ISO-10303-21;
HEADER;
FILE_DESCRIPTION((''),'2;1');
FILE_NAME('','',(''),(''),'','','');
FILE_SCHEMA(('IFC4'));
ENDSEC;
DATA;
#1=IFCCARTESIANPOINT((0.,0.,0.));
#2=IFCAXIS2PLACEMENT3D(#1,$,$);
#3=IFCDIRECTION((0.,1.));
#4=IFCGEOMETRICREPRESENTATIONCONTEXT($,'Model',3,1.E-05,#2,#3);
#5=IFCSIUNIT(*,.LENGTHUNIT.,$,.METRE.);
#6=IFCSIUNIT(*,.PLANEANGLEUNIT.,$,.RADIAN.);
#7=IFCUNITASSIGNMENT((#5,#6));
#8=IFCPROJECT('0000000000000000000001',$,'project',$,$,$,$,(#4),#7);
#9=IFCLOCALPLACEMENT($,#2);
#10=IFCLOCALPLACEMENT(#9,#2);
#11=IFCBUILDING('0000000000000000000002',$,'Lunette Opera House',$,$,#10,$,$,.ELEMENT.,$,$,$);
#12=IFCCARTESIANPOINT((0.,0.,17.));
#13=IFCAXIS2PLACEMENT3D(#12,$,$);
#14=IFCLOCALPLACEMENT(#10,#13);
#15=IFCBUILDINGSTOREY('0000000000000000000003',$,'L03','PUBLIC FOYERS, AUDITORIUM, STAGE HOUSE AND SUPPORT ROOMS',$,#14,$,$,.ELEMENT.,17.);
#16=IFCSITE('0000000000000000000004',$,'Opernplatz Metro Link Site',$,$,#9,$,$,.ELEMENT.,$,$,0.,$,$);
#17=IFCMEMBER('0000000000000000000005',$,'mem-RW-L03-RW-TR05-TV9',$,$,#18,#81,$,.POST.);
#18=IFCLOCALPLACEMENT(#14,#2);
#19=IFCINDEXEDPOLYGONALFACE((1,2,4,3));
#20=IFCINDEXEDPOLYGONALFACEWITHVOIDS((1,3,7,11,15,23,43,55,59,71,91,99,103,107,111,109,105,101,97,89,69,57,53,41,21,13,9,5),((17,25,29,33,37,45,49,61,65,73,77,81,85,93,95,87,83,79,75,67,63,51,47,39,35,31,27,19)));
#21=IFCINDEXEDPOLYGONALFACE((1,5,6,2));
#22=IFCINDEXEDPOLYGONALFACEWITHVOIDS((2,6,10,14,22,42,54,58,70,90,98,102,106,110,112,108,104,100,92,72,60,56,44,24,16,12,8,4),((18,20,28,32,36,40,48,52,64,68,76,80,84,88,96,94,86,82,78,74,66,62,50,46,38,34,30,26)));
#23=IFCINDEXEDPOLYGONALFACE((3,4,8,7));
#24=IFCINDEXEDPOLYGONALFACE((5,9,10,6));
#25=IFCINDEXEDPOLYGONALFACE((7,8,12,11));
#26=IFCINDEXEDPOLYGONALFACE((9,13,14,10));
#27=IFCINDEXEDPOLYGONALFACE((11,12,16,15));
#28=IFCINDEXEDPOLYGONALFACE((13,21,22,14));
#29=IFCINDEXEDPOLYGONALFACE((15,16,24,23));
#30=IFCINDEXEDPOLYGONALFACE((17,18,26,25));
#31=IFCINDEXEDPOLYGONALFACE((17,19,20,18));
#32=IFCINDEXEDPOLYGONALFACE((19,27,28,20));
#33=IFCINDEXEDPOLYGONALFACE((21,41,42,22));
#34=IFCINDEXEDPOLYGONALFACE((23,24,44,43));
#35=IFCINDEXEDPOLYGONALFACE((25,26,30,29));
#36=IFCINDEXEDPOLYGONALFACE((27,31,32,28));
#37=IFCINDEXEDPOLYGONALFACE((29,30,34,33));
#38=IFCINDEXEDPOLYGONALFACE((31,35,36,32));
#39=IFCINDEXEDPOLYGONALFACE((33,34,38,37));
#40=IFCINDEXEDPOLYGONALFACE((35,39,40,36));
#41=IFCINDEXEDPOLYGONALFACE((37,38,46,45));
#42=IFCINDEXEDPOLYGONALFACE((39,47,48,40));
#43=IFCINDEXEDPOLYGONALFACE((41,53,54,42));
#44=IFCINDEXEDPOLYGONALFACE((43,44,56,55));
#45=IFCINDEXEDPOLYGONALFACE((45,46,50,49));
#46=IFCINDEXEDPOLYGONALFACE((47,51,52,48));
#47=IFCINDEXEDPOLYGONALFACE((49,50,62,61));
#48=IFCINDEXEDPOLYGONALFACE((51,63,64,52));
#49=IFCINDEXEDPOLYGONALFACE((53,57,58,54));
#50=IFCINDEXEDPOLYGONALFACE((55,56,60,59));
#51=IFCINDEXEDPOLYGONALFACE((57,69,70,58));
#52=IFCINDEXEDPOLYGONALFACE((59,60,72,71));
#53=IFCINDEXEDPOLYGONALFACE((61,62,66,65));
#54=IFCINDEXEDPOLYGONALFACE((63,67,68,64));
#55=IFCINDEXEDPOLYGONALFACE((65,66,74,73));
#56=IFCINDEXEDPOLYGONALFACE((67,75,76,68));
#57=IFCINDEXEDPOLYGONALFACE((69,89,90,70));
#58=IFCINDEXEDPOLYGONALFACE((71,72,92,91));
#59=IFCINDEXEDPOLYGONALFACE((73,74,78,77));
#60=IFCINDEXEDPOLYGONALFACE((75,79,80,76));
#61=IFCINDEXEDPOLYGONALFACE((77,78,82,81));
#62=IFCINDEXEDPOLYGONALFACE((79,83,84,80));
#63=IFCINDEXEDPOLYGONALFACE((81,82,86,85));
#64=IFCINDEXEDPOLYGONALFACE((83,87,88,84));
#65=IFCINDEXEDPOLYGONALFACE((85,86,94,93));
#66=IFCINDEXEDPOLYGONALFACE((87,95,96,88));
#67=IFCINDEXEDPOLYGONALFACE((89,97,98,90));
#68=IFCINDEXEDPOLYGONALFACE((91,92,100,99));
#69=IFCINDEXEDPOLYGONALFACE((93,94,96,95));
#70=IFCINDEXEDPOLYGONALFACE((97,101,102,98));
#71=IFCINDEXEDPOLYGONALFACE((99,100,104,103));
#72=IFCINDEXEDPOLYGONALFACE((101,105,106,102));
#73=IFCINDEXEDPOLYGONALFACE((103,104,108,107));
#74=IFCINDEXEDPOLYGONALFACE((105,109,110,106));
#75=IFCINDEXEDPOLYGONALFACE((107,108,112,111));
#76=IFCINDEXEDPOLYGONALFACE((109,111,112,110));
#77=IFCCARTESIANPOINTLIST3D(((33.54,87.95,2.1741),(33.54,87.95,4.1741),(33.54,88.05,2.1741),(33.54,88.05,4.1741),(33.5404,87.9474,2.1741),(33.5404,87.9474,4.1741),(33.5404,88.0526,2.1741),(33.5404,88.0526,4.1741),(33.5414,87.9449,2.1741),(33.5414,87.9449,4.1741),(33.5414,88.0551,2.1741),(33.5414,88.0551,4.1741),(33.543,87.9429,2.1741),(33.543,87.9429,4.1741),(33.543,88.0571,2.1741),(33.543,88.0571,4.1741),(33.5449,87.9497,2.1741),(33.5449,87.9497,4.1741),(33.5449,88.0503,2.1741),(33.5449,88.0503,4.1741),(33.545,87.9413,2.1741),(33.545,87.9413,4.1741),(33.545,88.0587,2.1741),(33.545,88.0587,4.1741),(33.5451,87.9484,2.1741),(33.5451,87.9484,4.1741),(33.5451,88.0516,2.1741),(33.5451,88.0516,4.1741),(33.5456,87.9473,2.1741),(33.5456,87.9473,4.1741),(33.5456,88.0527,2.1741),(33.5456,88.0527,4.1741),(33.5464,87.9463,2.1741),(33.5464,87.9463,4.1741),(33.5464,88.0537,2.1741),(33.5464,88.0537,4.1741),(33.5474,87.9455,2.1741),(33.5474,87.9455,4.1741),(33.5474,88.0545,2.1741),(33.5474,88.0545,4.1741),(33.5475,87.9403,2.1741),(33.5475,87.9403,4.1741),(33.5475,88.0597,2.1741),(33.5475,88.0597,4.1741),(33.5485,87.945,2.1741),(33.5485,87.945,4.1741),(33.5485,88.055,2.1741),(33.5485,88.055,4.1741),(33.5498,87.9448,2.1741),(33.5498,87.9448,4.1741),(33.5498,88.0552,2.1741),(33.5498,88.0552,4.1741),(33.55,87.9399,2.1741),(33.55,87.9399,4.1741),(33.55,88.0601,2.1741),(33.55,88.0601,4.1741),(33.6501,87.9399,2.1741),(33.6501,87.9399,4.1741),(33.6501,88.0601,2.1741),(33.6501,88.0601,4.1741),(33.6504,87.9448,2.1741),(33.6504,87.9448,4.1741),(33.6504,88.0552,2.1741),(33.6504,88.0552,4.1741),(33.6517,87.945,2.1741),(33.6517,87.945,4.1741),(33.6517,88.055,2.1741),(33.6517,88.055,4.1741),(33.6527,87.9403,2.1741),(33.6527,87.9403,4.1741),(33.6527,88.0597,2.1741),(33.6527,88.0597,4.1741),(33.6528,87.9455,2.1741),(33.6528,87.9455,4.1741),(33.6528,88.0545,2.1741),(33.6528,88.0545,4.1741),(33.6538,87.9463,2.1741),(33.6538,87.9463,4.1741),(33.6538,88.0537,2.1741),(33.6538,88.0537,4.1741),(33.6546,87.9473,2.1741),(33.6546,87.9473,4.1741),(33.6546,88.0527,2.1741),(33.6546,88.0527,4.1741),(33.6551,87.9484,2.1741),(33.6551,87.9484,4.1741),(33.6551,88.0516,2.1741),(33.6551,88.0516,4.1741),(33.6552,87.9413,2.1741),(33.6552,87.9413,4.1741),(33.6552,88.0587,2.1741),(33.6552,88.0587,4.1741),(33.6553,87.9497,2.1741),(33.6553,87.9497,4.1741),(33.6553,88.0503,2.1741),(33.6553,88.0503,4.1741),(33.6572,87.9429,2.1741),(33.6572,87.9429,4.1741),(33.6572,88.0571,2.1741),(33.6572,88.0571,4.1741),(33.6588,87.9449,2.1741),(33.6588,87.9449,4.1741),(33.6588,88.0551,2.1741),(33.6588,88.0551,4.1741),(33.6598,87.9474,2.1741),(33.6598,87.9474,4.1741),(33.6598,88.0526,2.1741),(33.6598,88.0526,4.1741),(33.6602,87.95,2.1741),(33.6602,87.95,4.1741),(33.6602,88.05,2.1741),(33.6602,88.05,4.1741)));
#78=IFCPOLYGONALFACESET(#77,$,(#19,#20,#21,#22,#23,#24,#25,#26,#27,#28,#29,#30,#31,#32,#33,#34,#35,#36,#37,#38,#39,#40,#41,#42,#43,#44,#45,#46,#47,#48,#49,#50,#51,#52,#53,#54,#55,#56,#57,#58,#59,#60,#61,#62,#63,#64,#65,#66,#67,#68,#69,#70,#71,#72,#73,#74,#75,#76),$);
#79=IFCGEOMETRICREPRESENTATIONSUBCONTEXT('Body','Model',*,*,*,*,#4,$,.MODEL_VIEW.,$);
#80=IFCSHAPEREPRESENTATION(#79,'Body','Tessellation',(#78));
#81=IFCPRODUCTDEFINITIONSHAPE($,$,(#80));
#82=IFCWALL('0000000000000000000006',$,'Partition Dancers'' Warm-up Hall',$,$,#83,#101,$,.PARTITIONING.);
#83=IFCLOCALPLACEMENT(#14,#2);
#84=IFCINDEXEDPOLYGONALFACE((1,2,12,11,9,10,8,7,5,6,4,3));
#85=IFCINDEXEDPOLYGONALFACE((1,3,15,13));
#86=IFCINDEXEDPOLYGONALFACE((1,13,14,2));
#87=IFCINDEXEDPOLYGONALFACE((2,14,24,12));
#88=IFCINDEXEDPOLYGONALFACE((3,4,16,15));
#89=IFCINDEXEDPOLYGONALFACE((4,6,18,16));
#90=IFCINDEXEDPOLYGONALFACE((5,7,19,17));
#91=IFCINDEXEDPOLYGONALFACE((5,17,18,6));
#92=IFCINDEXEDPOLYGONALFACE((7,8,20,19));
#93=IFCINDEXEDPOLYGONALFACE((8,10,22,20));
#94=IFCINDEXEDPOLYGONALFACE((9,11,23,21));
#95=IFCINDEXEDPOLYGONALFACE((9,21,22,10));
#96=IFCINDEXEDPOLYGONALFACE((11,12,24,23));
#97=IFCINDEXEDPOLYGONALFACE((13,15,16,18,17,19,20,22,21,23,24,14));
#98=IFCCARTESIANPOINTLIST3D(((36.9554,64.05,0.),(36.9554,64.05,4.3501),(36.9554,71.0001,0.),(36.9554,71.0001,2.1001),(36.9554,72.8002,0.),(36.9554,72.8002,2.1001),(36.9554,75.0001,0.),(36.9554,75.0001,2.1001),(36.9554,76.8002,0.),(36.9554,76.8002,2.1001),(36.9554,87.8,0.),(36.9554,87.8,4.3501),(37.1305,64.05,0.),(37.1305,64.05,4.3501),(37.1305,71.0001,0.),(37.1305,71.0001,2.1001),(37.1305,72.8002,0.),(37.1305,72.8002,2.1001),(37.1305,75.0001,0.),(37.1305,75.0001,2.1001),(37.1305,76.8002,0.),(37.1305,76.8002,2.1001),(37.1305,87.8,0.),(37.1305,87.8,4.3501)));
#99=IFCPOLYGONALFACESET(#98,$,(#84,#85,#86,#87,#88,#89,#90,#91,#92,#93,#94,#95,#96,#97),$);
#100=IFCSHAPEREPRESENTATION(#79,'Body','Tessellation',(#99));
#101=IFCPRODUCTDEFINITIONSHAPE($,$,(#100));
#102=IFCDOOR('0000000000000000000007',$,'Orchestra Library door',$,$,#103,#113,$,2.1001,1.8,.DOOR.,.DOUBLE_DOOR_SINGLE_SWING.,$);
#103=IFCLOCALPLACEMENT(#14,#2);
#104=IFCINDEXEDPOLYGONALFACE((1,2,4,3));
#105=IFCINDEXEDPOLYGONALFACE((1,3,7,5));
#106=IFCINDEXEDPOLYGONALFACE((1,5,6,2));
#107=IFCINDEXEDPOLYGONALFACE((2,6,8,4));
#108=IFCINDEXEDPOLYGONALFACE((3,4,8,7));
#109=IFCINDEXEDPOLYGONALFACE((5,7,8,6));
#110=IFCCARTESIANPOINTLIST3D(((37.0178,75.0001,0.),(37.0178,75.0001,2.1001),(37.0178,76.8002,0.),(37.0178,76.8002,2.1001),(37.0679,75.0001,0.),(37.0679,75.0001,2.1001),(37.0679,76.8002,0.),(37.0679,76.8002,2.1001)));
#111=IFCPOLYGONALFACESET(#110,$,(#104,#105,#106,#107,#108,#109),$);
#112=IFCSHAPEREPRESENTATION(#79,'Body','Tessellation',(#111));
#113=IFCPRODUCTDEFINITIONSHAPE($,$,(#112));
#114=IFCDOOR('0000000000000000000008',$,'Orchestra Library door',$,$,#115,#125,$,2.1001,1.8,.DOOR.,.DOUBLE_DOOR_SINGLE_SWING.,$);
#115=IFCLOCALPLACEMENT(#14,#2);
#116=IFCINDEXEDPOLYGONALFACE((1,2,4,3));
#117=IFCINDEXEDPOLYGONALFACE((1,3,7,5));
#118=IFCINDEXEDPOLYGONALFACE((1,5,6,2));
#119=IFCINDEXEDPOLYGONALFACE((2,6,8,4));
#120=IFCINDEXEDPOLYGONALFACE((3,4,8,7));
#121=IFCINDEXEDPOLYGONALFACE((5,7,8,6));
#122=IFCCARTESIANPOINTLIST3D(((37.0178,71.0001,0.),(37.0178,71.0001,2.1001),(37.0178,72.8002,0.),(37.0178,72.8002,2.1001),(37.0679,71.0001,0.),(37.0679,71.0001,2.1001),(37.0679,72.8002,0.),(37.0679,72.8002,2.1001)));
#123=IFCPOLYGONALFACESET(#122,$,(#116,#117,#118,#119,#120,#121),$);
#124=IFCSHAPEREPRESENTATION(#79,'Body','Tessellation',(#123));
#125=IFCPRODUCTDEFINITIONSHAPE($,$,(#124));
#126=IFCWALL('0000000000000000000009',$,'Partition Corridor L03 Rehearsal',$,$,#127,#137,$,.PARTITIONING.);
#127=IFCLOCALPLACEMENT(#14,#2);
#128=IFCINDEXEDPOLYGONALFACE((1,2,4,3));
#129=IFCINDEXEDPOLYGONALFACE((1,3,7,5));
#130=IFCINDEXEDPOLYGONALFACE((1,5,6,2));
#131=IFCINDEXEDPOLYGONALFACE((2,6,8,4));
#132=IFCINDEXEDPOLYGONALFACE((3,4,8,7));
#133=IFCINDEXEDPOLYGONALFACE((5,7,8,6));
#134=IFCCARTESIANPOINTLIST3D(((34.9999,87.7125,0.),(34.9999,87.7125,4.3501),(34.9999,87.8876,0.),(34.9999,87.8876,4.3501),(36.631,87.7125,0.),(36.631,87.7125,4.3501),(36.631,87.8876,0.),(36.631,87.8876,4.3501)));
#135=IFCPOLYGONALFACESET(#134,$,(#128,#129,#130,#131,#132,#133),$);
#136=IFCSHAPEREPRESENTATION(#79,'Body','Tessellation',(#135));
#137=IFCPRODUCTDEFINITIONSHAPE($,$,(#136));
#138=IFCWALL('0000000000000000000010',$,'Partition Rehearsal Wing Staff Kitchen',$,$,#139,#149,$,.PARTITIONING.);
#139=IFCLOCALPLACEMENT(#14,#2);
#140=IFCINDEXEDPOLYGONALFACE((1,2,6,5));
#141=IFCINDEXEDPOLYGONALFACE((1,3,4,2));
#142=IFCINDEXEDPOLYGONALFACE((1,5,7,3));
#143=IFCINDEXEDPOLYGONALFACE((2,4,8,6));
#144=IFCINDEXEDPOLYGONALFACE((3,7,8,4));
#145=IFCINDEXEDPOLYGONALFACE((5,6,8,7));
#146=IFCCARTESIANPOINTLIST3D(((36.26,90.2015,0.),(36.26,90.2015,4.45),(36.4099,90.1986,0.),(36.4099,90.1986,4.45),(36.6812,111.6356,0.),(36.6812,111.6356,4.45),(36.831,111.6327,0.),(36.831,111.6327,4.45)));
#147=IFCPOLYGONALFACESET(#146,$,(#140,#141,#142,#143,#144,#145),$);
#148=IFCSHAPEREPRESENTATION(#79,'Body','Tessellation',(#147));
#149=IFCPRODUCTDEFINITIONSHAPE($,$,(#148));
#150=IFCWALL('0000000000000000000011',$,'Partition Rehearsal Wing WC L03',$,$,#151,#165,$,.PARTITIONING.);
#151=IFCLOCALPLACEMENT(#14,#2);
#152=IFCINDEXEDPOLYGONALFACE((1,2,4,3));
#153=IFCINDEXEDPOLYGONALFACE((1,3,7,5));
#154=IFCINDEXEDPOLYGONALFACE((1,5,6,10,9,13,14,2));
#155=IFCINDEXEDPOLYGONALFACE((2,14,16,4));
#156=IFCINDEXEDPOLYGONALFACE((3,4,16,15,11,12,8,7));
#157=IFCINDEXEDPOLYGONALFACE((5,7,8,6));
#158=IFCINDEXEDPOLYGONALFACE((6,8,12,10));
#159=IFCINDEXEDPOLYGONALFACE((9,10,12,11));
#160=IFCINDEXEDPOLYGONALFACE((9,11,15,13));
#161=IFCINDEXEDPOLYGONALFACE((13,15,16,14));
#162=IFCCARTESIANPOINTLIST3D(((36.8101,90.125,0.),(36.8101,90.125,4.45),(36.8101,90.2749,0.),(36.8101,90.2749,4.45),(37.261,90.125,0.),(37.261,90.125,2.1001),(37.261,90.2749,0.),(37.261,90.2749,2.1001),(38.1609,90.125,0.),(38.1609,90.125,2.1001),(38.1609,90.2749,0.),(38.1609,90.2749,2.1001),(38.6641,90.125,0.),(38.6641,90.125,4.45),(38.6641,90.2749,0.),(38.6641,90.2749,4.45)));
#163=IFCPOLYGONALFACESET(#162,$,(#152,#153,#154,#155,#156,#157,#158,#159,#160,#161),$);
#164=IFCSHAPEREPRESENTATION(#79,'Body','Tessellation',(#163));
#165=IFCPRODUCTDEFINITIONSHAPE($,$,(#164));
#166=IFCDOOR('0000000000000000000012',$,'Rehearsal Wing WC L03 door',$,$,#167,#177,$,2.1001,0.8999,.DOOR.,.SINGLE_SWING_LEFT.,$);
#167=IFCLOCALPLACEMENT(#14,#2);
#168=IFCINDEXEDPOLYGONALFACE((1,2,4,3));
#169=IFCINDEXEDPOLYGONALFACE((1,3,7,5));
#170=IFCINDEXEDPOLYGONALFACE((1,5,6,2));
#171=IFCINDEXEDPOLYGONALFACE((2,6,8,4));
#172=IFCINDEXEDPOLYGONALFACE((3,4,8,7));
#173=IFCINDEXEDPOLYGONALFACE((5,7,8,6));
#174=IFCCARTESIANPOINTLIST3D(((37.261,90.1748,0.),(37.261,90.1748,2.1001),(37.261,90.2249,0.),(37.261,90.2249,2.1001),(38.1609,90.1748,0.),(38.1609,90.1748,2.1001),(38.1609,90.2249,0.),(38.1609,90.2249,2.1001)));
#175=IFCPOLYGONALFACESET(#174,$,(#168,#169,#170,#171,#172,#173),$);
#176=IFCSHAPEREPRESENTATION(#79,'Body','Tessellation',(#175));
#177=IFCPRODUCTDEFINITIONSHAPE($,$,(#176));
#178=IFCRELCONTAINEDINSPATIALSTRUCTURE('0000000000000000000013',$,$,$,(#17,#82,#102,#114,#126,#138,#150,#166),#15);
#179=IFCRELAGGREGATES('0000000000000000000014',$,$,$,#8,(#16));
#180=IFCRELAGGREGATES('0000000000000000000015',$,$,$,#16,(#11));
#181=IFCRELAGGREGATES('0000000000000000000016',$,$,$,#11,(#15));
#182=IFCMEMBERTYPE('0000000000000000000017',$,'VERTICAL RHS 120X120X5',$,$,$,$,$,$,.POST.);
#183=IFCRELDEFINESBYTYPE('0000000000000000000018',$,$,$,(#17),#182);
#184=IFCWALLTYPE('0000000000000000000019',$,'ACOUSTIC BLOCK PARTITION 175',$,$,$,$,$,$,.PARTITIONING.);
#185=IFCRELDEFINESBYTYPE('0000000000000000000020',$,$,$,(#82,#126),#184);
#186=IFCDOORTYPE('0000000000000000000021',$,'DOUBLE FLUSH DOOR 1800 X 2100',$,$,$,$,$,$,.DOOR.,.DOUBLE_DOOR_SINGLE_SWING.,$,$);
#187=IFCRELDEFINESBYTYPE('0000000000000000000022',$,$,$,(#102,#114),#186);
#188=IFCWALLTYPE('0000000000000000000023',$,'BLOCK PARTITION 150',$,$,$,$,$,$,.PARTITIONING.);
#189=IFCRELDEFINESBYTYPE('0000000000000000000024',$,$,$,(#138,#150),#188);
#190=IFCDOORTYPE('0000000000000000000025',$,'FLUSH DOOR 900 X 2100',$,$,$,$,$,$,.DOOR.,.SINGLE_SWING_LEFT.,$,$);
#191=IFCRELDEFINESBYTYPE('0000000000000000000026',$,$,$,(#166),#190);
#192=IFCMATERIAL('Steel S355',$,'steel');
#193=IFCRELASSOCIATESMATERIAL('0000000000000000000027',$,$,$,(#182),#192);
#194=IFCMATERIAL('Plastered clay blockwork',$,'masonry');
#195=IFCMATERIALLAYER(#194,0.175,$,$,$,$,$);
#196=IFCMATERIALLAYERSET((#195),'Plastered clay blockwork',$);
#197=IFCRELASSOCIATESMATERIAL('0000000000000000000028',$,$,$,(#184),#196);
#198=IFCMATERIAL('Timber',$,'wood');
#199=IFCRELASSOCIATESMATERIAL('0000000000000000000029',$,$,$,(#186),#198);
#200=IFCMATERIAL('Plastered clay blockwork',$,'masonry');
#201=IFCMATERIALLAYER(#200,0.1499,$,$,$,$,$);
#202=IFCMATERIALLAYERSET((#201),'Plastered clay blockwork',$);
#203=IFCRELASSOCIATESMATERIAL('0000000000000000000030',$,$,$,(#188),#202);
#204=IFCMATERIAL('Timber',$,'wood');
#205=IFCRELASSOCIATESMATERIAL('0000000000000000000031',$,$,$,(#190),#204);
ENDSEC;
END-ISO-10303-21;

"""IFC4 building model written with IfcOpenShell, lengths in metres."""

from ifc_helpers import new_model, si_unit, direction, frame, frame_2d, origin, origin_2d, place, context, subcontext, project, spatial, rectangle, hollow_rectangle, extrude, material, layer, layer_set, material_profile, profile_set, type_object, element, fill, save


model = new_model("IFC4")

# Units and contexts
model_context = context("Model", 3, precision=1e-05, world=origin(), true_north=direction((0.0, 1.0)))
body_context = subcontext(model_context, "Body", "Model", "MODEL_VIEW")
ifc_project = project(units=[si_unit("LENGTHUNIT", "METRE"), si_unit("PLANEANGLEUNIT", "RADIAN")], contexts=[model_context])

# Site, building, storey
site_placement = place(None, origin())
site = spatial("IfcSite", under=ifc_project, at=site_placement, Name="Opernplatz Metro Link Site", CompositionType="ELEMENT", RefElevation=0.0)
building_placement = place(site_placement, origin())
building = spatial("IfcBuilding", under=site, at=building_placement, Name="Lunette Opera House", CompositionType="ELEMENT")
storey_placement = place(building_placement, frame((0.0, 0.0, 17.0)))
storey = spatial("IfcBuildingStorey", under=building, at=storey_placement, Name="L03", Description="PUBLIC FOYERS, AUDITORIUM, STAGE HOUSE AND SUPPORT ROOMS", CompositionType="ELEMENT", Elevation=17.0)

# Member
ifc_material_1 = material(Name="Steel S355", Category="steel")
ifc_material_profile_1 = material_profile(ifc_material_1, hollow_rectangle(XDim=0.1201, YDim=0.1201, WallThickness=0.0049, InnerFilletRadius=0.0049, OuterFilletRadius=0.01, at=origin_2d()), Name="RHS 120X120X5")
ifc_profile_set_1 = profile_set([ifc_material_profile_1], Name="Steel S355")
member_type_1 = type_object("IfcMemberType", Name="VERTICAL RHS 120X120X5", PredefinedType="POST", material=ifc_profile_set_1)
for number, where, z_axis, x_axis, name in (
    (1, (33.6001, 88.0, 2.1741), (0.0, 0.0, 1.0), (1.0, 0.0, 0.0), "mem-RW-L03-RW-TR05-TV9"),
):
    element("IfcMember", number, at=place(storey_placement, frame(where, z_axis=z_axis, x_axis=x_axis)), inside=storey, type_object=member_type_1, Name=name, PredefinedType="POST", context=body_context, shape_type="SweptSolid", body=[
        extrude(hollow_rectangle(XDim=0.1201, YDim=0.1201, WallThickness=0.0049, InnerFilletRadius=0.0049, OuterFilletRadius=0.01, at=origin_2d()), origin(), (0.0, 0.0, 1.0), 2.0),
    ])

# Wall, openings, doors
ifc_material_2 = material(Name="Plastered clay blockwork", Category="masonry")
ifc_layer_1 = layer(ifc_material_2, 0.175)
ifc_layer_set_1 = layer_set([ifc_layer_1], Name="Plastered clay blockwork")
wall_type_1 = type_object("IfcWallType", Name="ACOUSTIC BLOCK PARTITION 175", PredefinedType="PARTITIONING", material=ifc_layer_set_1)
wall_1_placement = place(storey_placement, frame((37.043, 87.8, 0.0), z_axis=(0.0, 0.0, 1.0), x_axis=(0.0, -1.0, 0.0)))
wall_1 = element("IfcWall", 2, at=wall_1_placement, inside=storey, type_object=wall_type_1, Name="Partition Dancers' Warm-up Hall", PredefinedType="PARTITIONING", context=body_context, shape_type="SweptSolid", body=[
    extrude(rectangle(XDim=23.75, YDim=0.175, at=frame_2d((11.875, 0.0))), origin(), (0.0, 0.0, 1.0), 4.3501),
])
opening_1_placement = place(wall_1_placement, frame((11.0, 0.0, 0.0)))
opening_1 = element("IfcOpeningElement", 3, at=opening_1_placement, cuts=wall_1, PredefinedType="OPENING", context=body_context, shape_type="SweptSolid", body=[
    extrude(rectangle(XDim=1.8, YDim=2.1001, at=frame_2d((0.8999, 1.05))), frame((0.0, 0.0996, 0.0), z_axis=(0.0, -1.0, 0.0), x_axis=(1.0, 0.0, 0.0)), (0.0, 0.0, 1.0), 0.199),
])
opening_2_placement = place(wall_1_placement, frame((15.0, 0.0, 0.0)))
opening_2 = element("IfcOpeningElement", 4, at=opening_2_placement, cuts=wall_1, PredefinedType="OPENING", context=body_context, shape_type="SweptSolid", body=[
    extrude(rectangle(XDim=1.8, YDim=2.1001, at=frame_2d((0.8999, 1.05))), frame((0.0, 0.0996, 0.0), z_axis=(0.0, -1.0, 0.0), x_axis=(1.0, 0.0, 0.0)), (0.0, 0.0, 1.0), 0.199),
])
ifc_material_3 = material(Name="Timber", Category="wood")
door_type_1 = type_object("IfcDoorType", Name="DOUBLE FLUSH DOOR 1800 X 2100", OperationType="DOUBLE_DOOR_SINGLE_SWING", PredefinedType="DOOR", material=ifc_material_3)
door_1_placement = place(opening_1_placement, origin())
door_1 = element("IfcDoor", 5, at=door_1_placement, inside=storey, type_object=door_type_1, Name="Orchestra Library door", OperationType="DOUBLE_DOOR_SINGLE_SWING", OverallHeight=2.1001, OverallWidth=1.8, PredefinedType="DOOR", context=body_context, shape_type="SweptSolid", body=[
    extrude(rectangle(XDim=1.8, YDim=2.1001, at=frame_2d((0.8999, 1.05))), frame((0.0, 0.0249, 0.0), z_axis=(0.0, -1.0, 0.0), x_axis=(1.0, 0.0, 0.0)), (0.0, 0.0, 1.0), 0.05),
])
fill(opening_1, door_1)
door_2_placement = place(opening_2_placement, origin())
door_2 = element("IfcDoor", 6, at=door_2_placement, inside=storey, type_object=door_type_1, Name="Orchestra Library door", OperationType="DOUBLE_DOOR_SINGLE_SWING", OverallHeight=2.1001, OverallWidth=1.8, PredefinedType="DOOR", context=body_context, shape_type="SweptSolid", body=[
    extrude(rectangle(XDim=1.8, YDim=2.1001, at=frame_2d((0.8999, 1.05))), frame((0.0, 0.0249, 0.0), z_axis=(0.0, -1.0, 0.0), x_axis=(1.0, 0.0, 0.0)), (0.0, 0.0, 1.0), 0.05),
])
fill(opening_2, door_2)

# Walls
wall_2_placement = place(storey_placement, frame((35.0, 87.8, 0.0), z_axis=(0.0, 0.0, 1.0), x_axis=(1.0, 0.0, 0.0)))
element("IfcWall", 7, at=wall_2_placement, inside=storey, type_object=wall_type_1, Name="Partition Corridor L03 Rehearsal", PredefinedType="PARTITIONING", context=body_context, shape_type="SweptSolid", body=[
    extrude(rectangle(XDim=1.6311, YDim=0.175, at=frame_2d((0.8154, 0.0))), origin(), (0.0, 0.0, 1.0), 4.3501),
])
ifc_material_4 = material(Name="Plastered clay blockwork", Category="masonry")
ifc_layer_2 = layer(ifc_material_4, 0.1499)
ifc_layer_set_2 = layer_set([ifc_layer_2], Name="Plastered clay blockwork")
wall_type_2 = type_object("IfcWallType", Name="BLOCK PARTITION 150", PredefinedType="PARTITIONING", material=ifc_layer_set_2)
wall_3_placement = place(storey_placement, frame((36.335, 90.2, 0.0), z_axis=(0.0, 0.0, 1.0), x_axis=(0.019644, 0.999807, 0.0)))
element("IfcWall", 8, at=wall_3_placement, inside=storey, type_object=wall_type_2, Name="Partition Rehearsal Wing Staff Kitchen", PredefinedType="PARTITIONING", context=body_context, shape_type="SweptSolid", body=[
    extrude(rectangle(XDim=21.4382, YDim=0.1499, at=frame_2d((10.7192, 0.0))), origin(), (0.0, 0.0, 1.0), 4.45),
])

# Wall, opening, door
wall_4_placement = place(storey_placement, frame((36.8101, 90.2, 0.0), z_axis=(0.0, 0.0, 1.0), x_axis=(1.0, 0.0, 0.0)))
wall_4 = element("IfcWall", 9, at=wall_4_placement, inside=storey, type_object=wall_type_2, Name="Partition Rehearsal Wing WC L03", PredefinedType="PARTITIONING", context=body_context, shape_type="SweptSolid", body=[
    extrude(rectangle(XDim=1.854, YDim=0.1499, at=frame_2d((0.927, 0.0))), origin(), (0.0, 0.0, 1.0), 4.45),
])
opening_3_placement = place(wall_4_placement, frame((0.4509, 0.0, 0.0)))
opening_3 = element("IfcOpeningElement", 10, at=opening_3_placement, cuts=wall_4, PredefinedType="OPENING", context=body_context, shape_type="SweptSolid", body=[
    extrude(rectangle(XDim=0.8999, YDim=2.1001, at=frame_2d((0.45, 1.05))), frame((0.0, 0.0869, 0.0), z_axis=(0.0, -1.0, 0.0), x_axis=(1.0, 0.0, 0.0)), (0.0, 0.0, 1.0), 0.1738),
])
ifc_material_5 = material(Name="Timber", Category="wood")
door_type_2 = type_object("IfcDoorType", Name="FLUSH DOOR 900 X 2100", OperationType="SINGLE_SWING_LEFT", PredefinedType="DOOR", material=ifc_material_5)
door_3_placement = place(opening_3_placement, origin())
door_3 = element("IfcDoor", 11, at=door_3_placement, inside=storey, type_object=door_type_2, Name="Rehearsal Wing WC L03 door", OperationType="SINGLE_SWING_LEFT", OverallHeight=2.1001, OverallWidth=0.8999, PredefinedType="DOOR", context=body_context, shape_type="SweptSolid", body=[
    extrude(rectangle(XDim=0.8999, YDim=2.1001, at=frame_2d((0.45, 1.05))), frame((0.0, 0.0249, 0.0), z_axis=(0.0, -1.0, 0.0), x_axis=(1.0, 0.0, 0.0)), (0.0, 0.0, 1.0), 0.05),
])
fill(opening_3, door_3)

save(model, "model.ifc")
